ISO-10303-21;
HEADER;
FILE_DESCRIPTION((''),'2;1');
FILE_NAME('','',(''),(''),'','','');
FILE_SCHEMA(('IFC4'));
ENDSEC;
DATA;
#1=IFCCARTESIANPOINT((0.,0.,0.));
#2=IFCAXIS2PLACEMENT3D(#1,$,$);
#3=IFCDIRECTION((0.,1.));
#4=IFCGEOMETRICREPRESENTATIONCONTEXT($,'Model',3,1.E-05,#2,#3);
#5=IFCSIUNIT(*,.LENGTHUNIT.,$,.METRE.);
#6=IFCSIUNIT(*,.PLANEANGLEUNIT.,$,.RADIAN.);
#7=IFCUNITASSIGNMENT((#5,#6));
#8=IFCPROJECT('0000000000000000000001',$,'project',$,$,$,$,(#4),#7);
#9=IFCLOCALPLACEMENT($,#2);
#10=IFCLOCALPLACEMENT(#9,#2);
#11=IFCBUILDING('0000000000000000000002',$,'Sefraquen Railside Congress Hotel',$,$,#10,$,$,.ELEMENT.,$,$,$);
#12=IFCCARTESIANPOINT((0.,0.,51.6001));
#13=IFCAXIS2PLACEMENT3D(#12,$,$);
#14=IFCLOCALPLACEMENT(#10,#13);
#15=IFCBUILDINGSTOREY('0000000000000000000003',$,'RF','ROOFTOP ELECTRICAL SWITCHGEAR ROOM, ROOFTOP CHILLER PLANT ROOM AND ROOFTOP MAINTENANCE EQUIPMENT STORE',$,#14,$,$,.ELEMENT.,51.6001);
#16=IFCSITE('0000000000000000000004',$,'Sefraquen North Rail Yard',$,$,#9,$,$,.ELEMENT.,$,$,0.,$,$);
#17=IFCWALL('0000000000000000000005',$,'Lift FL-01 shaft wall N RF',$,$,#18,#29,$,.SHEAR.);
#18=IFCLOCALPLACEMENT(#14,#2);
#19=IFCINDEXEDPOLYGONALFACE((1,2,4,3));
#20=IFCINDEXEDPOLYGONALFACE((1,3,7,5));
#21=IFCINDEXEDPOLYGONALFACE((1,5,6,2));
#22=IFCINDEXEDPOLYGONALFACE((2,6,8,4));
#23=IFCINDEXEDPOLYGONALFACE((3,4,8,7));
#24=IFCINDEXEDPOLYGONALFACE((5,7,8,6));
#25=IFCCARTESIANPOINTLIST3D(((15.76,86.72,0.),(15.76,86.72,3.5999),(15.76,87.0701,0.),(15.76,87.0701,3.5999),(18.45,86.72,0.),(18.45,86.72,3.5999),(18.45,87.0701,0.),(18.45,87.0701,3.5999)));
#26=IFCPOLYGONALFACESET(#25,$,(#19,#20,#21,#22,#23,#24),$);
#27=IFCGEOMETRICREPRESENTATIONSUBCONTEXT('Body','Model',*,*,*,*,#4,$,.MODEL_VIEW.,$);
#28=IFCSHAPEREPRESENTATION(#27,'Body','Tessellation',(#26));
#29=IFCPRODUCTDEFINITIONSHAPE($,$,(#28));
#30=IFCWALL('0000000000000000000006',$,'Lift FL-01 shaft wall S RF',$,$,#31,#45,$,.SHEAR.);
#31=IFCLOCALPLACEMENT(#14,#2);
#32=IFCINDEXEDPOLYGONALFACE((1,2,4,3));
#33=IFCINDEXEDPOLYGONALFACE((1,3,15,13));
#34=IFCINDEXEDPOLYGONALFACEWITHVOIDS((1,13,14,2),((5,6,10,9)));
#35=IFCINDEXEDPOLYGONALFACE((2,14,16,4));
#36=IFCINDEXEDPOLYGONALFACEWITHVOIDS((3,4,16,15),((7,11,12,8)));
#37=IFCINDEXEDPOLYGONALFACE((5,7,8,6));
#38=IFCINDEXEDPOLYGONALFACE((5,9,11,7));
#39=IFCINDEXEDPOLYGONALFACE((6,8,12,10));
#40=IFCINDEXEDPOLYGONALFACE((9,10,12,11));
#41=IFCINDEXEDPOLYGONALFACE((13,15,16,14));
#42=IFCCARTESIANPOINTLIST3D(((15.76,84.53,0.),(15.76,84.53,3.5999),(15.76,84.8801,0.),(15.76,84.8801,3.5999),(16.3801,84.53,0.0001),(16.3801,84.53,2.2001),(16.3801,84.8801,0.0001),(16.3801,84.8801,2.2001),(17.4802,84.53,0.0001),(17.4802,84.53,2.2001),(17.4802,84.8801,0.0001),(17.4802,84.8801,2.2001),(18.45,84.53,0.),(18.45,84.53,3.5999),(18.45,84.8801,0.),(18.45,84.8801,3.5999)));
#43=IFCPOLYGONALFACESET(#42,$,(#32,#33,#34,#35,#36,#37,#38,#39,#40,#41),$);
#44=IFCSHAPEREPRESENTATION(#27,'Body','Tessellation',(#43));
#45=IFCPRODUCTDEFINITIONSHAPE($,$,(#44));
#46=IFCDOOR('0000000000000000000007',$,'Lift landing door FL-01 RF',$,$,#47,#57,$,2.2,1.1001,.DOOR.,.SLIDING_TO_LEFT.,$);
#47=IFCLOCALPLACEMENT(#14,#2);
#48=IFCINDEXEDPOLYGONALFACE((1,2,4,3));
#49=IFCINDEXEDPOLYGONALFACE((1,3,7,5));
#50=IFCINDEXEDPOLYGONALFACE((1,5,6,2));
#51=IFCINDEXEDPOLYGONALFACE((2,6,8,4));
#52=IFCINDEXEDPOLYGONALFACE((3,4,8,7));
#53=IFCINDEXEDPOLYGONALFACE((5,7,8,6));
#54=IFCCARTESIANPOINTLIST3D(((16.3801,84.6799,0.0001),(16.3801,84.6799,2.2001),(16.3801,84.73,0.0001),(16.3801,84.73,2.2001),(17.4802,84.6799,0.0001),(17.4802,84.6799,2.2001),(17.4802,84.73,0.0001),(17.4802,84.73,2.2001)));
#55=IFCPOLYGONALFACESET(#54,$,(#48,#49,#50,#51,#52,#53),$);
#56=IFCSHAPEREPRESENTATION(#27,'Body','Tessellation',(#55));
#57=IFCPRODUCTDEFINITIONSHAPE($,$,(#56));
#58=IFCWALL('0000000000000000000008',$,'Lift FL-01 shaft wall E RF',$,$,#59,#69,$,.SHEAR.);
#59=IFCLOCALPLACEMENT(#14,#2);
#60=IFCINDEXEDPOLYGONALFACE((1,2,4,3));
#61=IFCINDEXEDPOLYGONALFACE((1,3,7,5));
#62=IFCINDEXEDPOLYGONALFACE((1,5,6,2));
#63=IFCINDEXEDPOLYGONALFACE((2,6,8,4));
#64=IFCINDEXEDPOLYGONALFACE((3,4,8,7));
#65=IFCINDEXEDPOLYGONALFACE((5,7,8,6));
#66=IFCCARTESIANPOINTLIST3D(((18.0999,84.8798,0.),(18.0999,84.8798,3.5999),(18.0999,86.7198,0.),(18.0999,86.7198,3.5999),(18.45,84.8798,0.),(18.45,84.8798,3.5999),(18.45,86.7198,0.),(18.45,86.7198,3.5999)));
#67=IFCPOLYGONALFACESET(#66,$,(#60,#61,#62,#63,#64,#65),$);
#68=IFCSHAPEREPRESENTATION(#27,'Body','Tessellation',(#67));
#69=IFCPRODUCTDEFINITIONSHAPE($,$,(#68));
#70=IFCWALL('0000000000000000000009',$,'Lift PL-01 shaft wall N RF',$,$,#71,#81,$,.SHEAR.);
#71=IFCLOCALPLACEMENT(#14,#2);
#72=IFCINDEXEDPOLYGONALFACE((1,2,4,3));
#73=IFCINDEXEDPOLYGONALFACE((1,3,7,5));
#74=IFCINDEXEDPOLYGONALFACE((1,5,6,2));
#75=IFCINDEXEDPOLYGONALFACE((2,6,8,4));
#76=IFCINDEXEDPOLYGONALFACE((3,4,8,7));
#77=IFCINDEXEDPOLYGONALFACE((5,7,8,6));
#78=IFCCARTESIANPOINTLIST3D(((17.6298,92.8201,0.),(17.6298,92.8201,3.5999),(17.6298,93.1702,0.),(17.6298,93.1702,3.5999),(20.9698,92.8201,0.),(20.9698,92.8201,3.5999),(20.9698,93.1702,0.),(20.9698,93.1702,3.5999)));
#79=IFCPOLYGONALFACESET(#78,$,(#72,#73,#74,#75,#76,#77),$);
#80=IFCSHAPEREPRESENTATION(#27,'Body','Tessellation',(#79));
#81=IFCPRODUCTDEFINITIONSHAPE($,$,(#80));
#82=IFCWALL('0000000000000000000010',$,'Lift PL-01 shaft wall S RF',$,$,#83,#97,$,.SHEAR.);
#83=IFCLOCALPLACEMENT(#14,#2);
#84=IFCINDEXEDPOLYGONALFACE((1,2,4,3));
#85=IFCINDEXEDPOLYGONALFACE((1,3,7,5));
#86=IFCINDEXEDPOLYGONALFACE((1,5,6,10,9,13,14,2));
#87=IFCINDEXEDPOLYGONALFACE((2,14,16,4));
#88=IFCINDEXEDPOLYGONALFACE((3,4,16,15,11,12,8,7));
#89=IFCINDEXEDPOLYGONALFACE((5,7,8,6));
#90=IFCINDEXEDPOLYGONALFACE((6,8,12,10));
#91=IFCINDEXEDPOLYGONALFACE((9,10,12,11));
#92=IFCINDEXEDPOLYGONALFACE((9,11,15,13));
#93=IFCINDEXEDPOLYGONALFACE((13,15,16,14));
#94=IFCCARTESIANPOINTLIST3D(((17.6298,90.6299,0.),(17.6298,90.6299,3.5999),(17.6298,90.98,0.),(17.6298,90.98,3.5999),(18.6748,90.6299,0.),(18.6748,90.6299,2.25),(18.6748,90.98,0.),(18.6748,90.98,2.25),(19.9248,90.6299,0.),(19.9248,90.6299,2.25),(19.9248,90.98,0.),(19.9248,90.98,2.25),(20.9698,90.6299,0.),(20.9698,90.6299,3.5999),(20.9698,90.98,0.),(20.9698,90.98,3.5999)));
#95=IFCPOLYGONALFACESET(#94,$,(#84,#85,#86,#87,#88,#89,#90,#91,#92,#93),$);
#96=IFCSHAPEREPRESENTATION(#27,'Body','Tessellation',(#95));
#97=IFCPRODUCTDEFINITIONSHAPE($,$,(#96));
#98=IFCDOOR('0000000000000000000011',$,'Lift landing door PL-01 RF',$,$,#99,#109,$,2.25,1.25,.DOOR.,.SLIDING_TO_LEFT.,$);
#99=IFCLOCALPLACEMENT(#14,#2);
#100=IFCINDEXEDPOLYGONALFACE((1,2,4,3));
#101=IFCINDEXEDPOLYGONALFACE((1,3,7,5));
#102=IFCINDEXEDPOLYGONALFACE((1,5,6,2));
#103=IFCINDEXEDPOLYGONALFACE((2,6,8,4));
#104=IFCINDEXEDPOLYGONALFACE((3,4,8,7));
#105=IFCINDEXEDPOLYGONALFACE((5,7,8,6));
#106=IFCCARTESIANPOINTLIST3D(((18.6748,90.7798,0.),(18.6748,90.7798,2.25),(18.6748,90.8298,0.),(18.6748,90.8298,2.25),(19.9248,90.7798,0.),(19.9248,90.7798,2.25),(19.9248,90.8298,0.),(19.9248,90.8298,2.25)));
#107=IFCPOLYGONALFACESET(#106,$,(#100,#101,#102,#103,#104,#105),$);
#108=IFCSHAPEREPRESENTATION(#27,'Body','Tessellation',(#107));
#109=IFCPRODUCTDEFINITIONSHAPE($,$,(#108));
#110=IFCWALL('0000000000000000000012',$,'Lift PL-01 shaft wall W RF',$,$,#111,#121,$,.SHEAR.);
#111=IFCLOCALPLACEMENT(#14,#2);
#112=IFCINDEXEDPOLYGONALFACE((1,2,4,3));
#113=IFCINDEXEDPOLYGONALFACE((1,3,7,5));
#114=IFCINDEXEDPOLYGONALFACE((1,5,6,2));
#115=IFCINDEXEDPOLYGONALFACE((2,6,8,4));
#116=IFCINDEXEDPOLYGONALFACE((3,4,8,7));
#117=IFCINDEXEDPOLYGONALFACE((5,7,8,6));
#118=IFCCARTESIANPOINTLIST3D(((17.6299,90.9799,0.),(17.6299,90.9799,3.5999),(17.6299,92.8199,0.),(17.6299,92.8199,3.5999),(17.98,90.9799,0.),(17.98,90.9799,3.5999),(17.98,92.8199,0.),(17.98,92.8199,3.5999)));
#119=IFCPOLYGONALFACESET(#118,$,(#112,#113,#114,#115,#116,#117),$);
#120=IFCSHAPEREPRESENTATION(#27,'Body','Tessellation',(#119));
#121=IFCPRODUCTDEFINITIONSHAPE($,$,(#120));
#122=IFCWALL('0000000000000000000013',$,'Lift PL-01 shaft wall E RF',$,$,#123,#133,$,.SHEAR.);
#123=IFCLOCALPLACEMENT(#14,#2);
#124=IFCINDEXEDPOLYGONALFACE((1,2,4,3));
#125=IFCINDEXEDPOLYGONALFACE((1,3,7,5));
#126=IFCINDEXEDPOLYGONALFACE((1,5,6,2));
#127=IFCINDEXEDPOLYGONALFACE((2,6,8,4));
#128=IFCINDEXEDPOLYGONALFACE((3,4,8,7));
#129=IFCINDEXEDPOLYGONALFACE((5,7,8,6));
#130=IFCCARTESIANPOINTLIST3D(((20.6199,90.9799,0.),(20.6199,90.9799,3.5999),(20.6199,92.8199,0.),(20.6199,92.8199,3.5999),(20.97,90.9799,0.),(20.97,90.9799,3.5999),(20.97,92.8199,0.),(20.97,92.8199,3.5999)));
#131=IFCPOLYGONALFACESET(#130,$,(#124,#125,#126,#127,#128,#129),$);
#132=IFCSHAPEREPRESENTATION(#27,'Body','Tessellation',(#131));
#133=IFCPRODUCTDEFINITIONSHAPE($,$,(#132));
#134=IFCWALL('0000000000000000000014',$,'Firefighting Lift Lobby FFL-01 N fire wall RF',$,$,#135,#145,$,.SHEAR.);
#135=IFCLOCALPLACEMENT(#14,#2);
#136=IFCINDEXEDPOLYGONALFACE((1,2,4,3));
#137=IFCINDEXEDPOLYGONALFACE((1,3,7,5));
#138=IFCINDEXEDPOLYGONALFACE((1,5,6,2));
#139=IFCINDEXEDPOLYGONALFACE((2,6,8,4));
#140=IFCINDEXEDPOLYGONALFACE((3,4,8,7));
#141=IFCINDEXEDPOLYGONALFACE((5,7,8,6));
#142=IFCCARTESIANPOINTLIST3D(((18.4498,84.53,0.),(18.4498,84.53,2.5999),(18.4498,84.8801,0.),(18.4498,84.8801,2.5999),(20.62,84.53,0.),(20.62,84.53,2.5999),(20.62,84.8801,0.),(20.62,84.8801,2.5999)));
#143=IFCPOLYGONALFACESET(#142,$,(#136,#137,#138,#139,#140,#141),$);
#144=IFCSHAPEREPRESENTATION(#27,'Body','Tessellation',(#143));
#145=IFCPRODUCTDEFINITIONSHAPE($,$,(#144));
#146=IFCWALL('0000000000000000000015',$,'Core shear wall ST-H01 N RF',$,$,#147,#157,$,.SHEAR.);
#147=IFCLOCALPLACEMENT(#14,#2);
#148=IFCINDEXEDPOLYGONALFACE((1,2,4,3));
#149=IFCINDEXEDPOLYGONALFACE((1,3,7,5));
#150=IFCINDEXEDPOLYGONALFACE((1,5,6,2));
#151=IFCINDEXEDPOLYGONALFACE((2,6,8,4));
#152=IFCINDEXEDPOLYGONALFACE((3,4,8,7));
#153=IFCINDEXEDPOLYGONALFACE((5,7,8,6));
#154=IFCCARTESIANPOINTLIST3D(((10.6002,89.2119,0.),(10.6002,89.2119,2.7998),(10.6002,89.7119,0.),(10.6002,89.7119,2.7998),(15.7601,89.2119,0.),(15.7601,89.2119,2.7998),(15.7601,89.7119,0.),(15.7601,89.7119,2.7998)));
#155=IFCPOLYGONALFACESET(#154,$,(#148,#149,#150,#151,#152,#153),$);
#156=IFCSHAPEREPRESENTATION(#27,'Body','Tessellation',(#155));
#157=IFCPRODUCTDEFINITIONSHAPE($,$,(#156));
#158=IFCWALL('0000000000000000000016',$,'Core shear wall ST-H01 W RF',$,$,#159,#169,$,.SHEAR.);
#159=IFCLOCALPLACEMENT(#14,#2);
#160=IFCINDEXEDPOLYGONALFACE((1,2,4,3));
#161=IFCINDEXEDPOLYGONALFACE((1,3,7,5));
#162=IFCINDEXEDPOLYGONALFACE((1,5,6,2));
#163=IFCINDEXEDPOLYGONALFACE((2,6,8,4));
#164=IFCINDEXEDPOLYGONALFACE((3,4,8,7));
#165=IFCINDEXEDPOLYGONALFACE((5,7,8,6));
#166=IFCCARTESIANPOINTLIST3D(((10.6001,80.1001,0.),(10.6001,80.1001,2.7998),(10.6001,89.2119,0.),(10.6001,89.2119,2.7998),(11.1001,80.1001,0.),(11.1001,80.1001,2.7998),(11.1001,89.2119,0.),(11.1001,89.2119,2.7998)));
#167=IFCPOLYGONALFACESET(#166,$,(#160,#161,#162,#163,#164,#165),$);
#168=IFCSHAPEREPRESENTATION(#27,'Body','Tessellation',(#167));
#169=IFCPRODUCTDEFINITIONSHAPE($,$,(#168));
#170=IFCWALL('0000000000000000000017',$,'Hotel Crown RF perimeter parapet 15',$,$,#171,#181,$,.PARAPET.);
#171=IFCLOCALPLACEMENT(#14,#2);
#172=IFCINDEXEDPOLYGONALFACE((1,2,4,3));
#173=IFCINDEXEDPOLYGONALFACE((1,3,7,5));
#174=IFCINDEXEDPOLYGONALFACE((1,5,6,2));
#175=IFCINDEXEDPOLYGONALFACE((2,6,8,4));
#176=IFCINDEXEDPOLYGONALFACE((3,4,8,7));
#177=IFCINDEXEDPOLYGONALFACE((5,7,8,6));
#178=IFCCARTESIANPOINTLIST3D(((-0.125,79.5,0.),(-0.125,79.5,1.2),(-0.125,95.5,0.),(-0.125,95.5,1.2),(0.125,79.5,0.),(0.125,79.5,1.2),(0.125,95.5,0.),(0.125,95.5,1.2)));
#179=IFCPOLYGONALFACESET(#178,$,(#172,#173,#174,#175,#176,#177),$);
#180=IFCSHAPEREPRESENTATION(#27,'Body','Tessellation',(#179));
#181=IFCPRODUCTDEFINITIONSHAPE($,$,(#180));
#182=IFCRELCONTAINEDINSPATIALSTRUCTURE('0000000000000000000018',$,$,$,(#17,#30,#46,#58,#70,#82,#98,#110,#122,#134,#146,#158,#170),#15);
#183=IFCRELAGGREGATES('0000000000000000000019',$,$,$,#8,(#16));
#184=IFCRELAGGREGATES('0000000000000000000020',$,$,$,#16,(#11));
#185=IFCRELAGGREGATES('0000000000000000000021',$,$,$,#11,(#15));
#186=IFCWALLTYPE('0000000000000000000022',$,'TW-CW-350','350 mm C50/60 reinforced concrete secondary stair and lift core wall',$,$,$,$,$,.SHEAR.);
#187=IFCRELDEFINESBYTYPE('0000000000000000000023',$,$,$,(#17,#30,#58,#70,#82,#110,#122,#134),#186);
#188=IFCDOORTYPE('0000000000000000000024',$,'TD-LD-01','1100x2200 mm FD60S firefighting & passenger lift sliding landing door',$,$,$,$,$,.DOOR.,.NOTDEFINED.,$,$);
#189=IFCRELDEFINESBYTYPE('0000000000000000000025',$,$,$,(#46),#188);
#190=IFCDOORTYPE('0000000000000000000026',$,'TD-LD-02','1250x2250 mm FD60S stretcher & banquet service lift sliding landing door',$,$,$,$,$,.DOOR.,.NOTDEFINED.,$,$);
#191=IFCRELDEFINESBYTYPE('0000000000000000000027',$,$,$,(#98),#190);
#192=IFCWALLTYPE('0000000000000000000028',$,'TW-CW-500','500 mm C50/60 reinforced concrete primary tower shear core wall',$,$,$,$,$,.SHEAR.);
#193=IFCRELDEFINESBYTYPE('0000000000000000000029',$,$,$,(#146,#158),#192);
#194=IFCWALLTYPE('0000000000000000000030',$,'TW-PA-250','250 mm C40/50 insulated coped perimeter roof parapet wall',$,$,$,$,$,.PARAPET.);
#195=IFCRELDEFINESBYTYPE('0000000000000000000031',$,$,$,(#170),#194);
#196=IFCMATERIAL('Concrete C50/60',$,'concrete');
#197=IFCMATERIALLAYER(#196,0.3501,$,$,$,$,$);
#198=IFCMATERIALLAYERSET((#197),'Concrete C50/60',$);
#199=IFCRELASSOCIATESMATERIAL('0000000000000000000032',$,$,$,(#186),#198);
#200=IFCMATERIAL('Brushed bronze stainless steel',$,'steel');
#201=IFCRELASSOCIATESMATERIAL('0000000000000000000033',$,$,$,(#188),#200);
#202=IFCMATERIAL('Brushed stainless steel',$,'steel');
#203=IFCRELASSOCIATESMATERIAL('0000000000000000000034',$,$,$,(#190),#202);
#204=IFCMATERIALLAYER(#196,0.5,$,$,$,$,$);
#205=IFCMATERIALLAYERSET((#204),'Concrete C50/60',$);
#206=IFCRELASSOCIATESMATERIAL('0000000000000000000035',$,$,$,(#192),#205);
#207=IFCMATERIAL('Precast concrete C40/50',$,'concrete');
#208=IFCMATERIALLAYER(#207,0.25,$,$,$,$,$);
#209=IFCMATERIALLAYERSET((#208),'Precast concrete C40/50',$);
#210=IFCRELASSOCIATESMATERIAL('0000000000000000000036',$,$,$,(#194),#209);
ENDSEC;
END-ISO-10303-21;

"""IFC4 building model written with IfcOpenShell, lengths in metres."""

from ifc_helpers import new_model, si_unit, direction, frame, frame_2d, origin, place, context, subcontext, project, spatial, rectangle, extrude, material, layer, layer_set, type_object, element, fill, save


model = new_model("IFC4")

# Units and contexts
model_context = context("Model", 3, precision=1e-05, world=origin(), true_north=direction((0.0, 1.0)))
body_context = subcontext(model_context, "Body", "Model", "MODEL_VIEW")
ifc_project = project(units=[si_unit("LENGTHUNIT", "METRE"), si_unit("PLANEANGLEUNIT", "RADIAN")], contexts=[model_context])

# Site, building, storey
site_placement = place(None, origin())
site = spatial("IfcSite", under=ifc_project, at=site_placement, Name="Sefraquen North Rail Yard", CompositionType="ELEMENT", RefElevation=0.0)
building_placement = place(site_placement, origin())
building = spatial("IfcBuilding", under=site, at=building_placement, Name="Sefraquen Railside Congress Hotel", CompositionType="ELEMENT")
storey_placement = place(building_placement, frame((0.0, 0.0, 51.6001)))
storey = spatial("IfcBuildingStorey", under=building, at=storey_placement, Name="RF", Description="ROOFTOP ELECTRICAL SWITCHGEAR ROOM, ROOFTOP CHILLER PLANT ROOM AND ROOFTOP MAINTENANCE EQUIPMENT STORE", CompositionType="ELEMENT", Elevation=51.6001)

# Wall
ifc_material_1 = material(Name="Concrete C50/60", Category="concrete")
ifc_layer_1 = layer(ifc_material_1, 0.3501)
ifc_layer_set_1 = layer_set([ifc_layer_1], Name="Concrete C50/60")
wall_type_1 = type_object("IfcWallType", Name="TW-CW-350", Description="350 mm C50/60 reinforced concrete secondary stair and lift core wall", PredefinedType="SHEAR", material=ifc_layer_set_1)
wall_1_placement = place(storey_placement, frame((15.76, 86.895, 0.0), z_axis=(0.0, 0.0, 1.0), x_axis=(1.0, 0.0, 0.0)))
element("IfcWall", 1, at=wall_1_placement, inside=storey, type_object=wall_type_1, Name="Lift FL-01 shaft wall N RF", PredefinedType="SHEAR", context=body_context, shape_type="SweptSolid", body=[
    extrude(rectangle(XDim=2.6899, YDim=0.3501, at=frame_2d((1.345, 0.0))), origin(), (0.0, 0.0, 1.0), 3.5999),
])

# Wall, opening, door
wall_2_placement = place(storey_placement, frame((15.76, 84.7051, 0.0), z_axis=(0.0, 0.0, 1.0), x_axis=(1.0, 0.0, 0.0)))
wall_2 = element("IfcWall", 2, at=wall_2_placement, inside=storey, type_object=wall_type_1, Name="Lift FL-01 shaft wall S RF", PredefinedType="SHEAR", context=body_context, shape_type="SweptSolid", body=[
    extrude(rectangle(XDim=2.6899, YDim=0.3501, at=frame_2d((1.345, 0.0))), origin(), (0.0, 0.0, 1.0), 3.5999),
])
opening_1_placement = place(wall_2_placement, frame((0.6201, 0.0, 0.0)))
opening_1 = element("IfcOpeningElement", 3, at=opening_1_placement, cuts=wall_2, PredefinedType="OPENING", context=body_context, shape_type="SweptSolid", body=[
    extrude(rectangle(XDim=1.1001, YDim=2.2, at=frame_2d((0.55, 1.1001))), frame((0.0, 0.1851, 0.0), z_axis=(0.0, -1.0, 0.0), x_axis=(1.0, 0.0, 0.0)), (0.0, 0.0, 1.0), 0.3701),
])
ifc_material_2 = material(Name="Brushed bronze stainless steel", Category="steel")
door_type_1 = type_object("IfcDoorType", Name="TD-LD-01", Description="1100x2200 mm FD60S firefighting & passenger lift sliding landing door", OperationType="NOTDEFINED", PredefinedType="DOOR", material=ifc_material_2)
door_1_placement = place(opening_1_placement, origin())
door_1 = element("IfcDoor", 4, at=door_1_placement, inside=storey, type_object=door_type_1, Name="Lift landing door FL-01 RF", OperationType="SLIDING_TO_LEFT", OverallHeight=2.2, OverallWidth=1.1001, PredefinedType="DOOR", context=body_context, shape_type="SweptSolid", body=[
    extrude(rectangle(XDim=1.1001, YDim=2.2, at=frame_2d((0.55, 1.1001))), frame((0.0, 0.0249, 0.0), z_axis=(0.0, -1.0, 0.0), x_axis=(1.0, 0.0, 0.0)), (0.0, 0.0, 1.0), 0.05),
])
fill(opening_1, door_1)

# Walls
wall_3_placement = place(storey_placement, frame((18.2749, 84.8799, 0.0), z_axis=(0.0, 0.0, 1.0), x_axis=(0.0, 1.0, 0.0)))
element("IfcWall", 5, at=wall_3_placement, inside=storey, type_object=wall_type_1, Name="Lift FL-01 shaft wall E RF", PredefinedType="SHEAR", context=body_context, shape_type="SweptSolid", body=[
    extrude(rectangle(XDim=1.8401, YDim=0.3501, at=frame_2d((0.9199, 0.0))), origin(), (0.0, 0.0, 1.0), 3.5999),
])
wall_4_placement = place(storey_placement, frame((17.6299, 92.9951, 0.0), z_axis=(0.0, 0.0, 1.0), x_axis=(1.0, 0.0, 0.0)))
element("IfcWall", 6, at=wall_4_placement, inside=storey, type_object=wall_type_1, Name="Lift PL-01 shaft wall N RF", PredefinedType="SHEAR", context=body_context, shape_type="SweptSolid", body=[
    extrude(rectangle(XDim=3.3401, YDim=0.3501, at=frame_2d((1.6699, 0.0))), origin(), (0.0, 0.0, 1.0), 3.5999),
])

# Wall, opening, door
wall_5_placement = place(storey_placement, frame((17.6299, 90.8049, 0.0), z_axis=(0.0, 0.0, 1.0), x_axis=(1.0, 0.0, 0.0)))
wall_5 = element("IfcWall", 7, at=wall_5_placement, inside=storey, type_object=wall_type_1, Name="Lift PL-01 shaft wall S RF", PredefinedType="SHEAR", context=body_context, shape_type="SweptSolid", body=[
    extrude(rectangle(XDim=3.3401, YDim=0.3501, at=frame_2d((1.6699, 0.0))), origin(), (0.0, 0.0, 1.0), 3.5999),
])
opening_2_placement = place(wall_5_placement, frame((1.0449, 0.0, 0.0)))
opening_2 = element("IfcOpeningElement", 8, at=opening_2_placement, cuts=wall_5, PredefinedType="OPENING", context=body_context, shape_type="SweptSolid", body=[
    extrude(rectangle(XDim=1.25, YDim=2.25, at=frame_2d((0.625, 1.125))), frame((0.0, 0.1851, 0.0), z_axis=(0.0, -1.0, 0.0), x_axis=(1.0, 0.0, 0.0)), (0.0, 0.0, 1.0), 0.3701),
])
ifc_material_3 = material(Name="Brushed stainless steel", Category="steel")
door_type_2 = type_object("IfcDoorType", Name="TD-LD-02", Description="1250x2250 mm FD60S stretcher & banquet service lift sliding landing door", OperationType="NOTDEFINED", PredefinedType="DOOR", material=ifc_material_3)
door_2_placement = place(opening_2_placement, origin())
door_2 = element("IfcDoor", 9, at=door_2_placement, inside=storey, type_object=door_type_2, Name="Lift landing door PL-01 RF", OperationType="SLIDING_TO_LEFT", OverallHeight=2.25, OverallWidth=1.25, PredefinedType="DOOR", context=body_context, shape_type="SweptSolid", body=[
    extrude(rectangle(XDim=1.25, YDim=2.25, at=frame_2d((0.625, 1.125))), frame((0.0, 0.0249, 0.0), z_axis=(0.0, -1.0, 0.0), x_axis=(1.0, 0.0, 0.0)), (0.0, 0.0, 1.0), 0.05),
])
fill(opening_2, door_2)

# Walls
for number, where, z_axis, x_axis, name in (
    (10, (17.8049, 90.98, 0.0), (0.0, 0.0, 1.0), (0.0, 1.0, 0.0), "Lift PL-01 shaft wall W RF"),
    (11, (20.7949, 90.98, 0.0), (0.0, 0.0, 1.0), (0.0, 1.0, 0.0), "Lift PL-01 shaft wall E RF"),
):
    element("IfcWall", number, at=place(storey_placement, frame(where, z_axis=z_axis, x_axis=x_axis)), inside=storey, type_object=wall_type_1, Name=name, PredefinedType="SHEAR", context=body_context, shape_type="SweptSolid", body=[
        extrude(rectangle(XDim=1.8401, YDim=0.3501, at=frame_2d((0.9199, 0.0))), origin(), (0.0, 0.0, 1.0), 3.5999),
    ])
wall_6_placement = place(storey_placement, frame((18.45, 84.7051, 0.0), z_axis=(0.0, 0.0, 1.0), x_axis=(1.0, 0.0, 0.0)))
element("IfcWall", 12, at=wall_6_placement, inside=storey, type_object=wall_type_1, Name="Firefighting Lift Lobby FFL-01 N fire wall RF", PredefinedType="SHEAR", context=body_context, shape_type="SweptSolid", body=[
    extrude(rectangle(XDim=2.1702, YDim=0.3501, at=frame_2d((1.085, 0.0))), origin(), (0.0, 0.0, 1.0), 2.5999),
])
ifc_layer_2 = layer(ifc_material_1, 0.5)
ifc_layer_set_2 = layer_set([ifc_layer_2], Name="Concrete C50/60")
wall_type_2 = type_object("IfcWallType", Name="TW-CW-500", Description="500 mm C50/60 reinforced concrete primary tower shear core wall", PredefinedType="SHEAR", material=ifc_layer_set_2)
wall_7_placement = place(storey_placement, frame((10.6001, 89.4619, 0.0), z_axis=(0.0, 0.0, 1.0), x_axis=(1.0, 0.0, 0.0)))
element("IfcWall", 13, at=wall_7_placement, inside=storey, type_object=wall_type_2, Name="Core shear wall ST-H01 N RF", PredefinedType="SHEAR", context=body_context, shape_type="SweptSolid", body=[
    extrude(rectangle(XDim=5.1599, YDim=0.5, at=frame_2d((2.5801, 0.0))), origin(), (0.0, 0.0, 1.0), 2.7998),
])
wall_8_placement = place(storey_placement, frame((10.8501, 80.1001, 0.0), z_axis=(0.0, 0.0, 1.0), x_axis=(0.0, 1.0, 0.0)))
element("IfcWall", 14, at=wall_8_placement, inside=storey, type_object=wall_type_2, Name="Core shear wall ST-H01 W RF", PredefinedType="SHEAR", context=body_context, shape_type="SweptSolid", body=[
    extrude(rectangle(XDim=9.1118, YDim=0.5, at=frame_2d((4.5559, 0.0))), origin(), (0.0, 0.0, 1.0), 2.7998),
])

# Wall
ifc_material_4 = material(Name="Precast concrete C40/50", Category="concrete")
ifc_layer_3 = layer(ifc_material_4, 0.25)
ifc_layer_set_3 = layer_set([ifc_layer_3], Name="Precast concrete C40/50")
wall_type_3 = type_object("IfcWallType", Name="TW-PA-250", Description="250 mm C40/50 insulated coped perimeter roof parapet wall", PredefinedType="PARAPET", material=ifc_layer_set_3)
wall_9_placement = place(storey_placement, frame((0.0, 95.5, 0.0), z_axis=(0.0, 0.0, 1.0), x_axis=(0.0, -1.0, 0.0)))
element("IfcWall", 15, at=wall_9_placement, inside=storey, type_object=wall_type_3, Name="Hotel Crown RF perimeter parapet 15", PredefinedType="PARAPET", context=body_context, shape_type="SweptSolid", body=[
    extrude(rectangle(XDim=16.0, YDim=0.25, at=frame_2d((8.0, 0.0))), origin(), (0.0, 0.0, 1.0), 1.2),
])

save(model, "model.ifc")
